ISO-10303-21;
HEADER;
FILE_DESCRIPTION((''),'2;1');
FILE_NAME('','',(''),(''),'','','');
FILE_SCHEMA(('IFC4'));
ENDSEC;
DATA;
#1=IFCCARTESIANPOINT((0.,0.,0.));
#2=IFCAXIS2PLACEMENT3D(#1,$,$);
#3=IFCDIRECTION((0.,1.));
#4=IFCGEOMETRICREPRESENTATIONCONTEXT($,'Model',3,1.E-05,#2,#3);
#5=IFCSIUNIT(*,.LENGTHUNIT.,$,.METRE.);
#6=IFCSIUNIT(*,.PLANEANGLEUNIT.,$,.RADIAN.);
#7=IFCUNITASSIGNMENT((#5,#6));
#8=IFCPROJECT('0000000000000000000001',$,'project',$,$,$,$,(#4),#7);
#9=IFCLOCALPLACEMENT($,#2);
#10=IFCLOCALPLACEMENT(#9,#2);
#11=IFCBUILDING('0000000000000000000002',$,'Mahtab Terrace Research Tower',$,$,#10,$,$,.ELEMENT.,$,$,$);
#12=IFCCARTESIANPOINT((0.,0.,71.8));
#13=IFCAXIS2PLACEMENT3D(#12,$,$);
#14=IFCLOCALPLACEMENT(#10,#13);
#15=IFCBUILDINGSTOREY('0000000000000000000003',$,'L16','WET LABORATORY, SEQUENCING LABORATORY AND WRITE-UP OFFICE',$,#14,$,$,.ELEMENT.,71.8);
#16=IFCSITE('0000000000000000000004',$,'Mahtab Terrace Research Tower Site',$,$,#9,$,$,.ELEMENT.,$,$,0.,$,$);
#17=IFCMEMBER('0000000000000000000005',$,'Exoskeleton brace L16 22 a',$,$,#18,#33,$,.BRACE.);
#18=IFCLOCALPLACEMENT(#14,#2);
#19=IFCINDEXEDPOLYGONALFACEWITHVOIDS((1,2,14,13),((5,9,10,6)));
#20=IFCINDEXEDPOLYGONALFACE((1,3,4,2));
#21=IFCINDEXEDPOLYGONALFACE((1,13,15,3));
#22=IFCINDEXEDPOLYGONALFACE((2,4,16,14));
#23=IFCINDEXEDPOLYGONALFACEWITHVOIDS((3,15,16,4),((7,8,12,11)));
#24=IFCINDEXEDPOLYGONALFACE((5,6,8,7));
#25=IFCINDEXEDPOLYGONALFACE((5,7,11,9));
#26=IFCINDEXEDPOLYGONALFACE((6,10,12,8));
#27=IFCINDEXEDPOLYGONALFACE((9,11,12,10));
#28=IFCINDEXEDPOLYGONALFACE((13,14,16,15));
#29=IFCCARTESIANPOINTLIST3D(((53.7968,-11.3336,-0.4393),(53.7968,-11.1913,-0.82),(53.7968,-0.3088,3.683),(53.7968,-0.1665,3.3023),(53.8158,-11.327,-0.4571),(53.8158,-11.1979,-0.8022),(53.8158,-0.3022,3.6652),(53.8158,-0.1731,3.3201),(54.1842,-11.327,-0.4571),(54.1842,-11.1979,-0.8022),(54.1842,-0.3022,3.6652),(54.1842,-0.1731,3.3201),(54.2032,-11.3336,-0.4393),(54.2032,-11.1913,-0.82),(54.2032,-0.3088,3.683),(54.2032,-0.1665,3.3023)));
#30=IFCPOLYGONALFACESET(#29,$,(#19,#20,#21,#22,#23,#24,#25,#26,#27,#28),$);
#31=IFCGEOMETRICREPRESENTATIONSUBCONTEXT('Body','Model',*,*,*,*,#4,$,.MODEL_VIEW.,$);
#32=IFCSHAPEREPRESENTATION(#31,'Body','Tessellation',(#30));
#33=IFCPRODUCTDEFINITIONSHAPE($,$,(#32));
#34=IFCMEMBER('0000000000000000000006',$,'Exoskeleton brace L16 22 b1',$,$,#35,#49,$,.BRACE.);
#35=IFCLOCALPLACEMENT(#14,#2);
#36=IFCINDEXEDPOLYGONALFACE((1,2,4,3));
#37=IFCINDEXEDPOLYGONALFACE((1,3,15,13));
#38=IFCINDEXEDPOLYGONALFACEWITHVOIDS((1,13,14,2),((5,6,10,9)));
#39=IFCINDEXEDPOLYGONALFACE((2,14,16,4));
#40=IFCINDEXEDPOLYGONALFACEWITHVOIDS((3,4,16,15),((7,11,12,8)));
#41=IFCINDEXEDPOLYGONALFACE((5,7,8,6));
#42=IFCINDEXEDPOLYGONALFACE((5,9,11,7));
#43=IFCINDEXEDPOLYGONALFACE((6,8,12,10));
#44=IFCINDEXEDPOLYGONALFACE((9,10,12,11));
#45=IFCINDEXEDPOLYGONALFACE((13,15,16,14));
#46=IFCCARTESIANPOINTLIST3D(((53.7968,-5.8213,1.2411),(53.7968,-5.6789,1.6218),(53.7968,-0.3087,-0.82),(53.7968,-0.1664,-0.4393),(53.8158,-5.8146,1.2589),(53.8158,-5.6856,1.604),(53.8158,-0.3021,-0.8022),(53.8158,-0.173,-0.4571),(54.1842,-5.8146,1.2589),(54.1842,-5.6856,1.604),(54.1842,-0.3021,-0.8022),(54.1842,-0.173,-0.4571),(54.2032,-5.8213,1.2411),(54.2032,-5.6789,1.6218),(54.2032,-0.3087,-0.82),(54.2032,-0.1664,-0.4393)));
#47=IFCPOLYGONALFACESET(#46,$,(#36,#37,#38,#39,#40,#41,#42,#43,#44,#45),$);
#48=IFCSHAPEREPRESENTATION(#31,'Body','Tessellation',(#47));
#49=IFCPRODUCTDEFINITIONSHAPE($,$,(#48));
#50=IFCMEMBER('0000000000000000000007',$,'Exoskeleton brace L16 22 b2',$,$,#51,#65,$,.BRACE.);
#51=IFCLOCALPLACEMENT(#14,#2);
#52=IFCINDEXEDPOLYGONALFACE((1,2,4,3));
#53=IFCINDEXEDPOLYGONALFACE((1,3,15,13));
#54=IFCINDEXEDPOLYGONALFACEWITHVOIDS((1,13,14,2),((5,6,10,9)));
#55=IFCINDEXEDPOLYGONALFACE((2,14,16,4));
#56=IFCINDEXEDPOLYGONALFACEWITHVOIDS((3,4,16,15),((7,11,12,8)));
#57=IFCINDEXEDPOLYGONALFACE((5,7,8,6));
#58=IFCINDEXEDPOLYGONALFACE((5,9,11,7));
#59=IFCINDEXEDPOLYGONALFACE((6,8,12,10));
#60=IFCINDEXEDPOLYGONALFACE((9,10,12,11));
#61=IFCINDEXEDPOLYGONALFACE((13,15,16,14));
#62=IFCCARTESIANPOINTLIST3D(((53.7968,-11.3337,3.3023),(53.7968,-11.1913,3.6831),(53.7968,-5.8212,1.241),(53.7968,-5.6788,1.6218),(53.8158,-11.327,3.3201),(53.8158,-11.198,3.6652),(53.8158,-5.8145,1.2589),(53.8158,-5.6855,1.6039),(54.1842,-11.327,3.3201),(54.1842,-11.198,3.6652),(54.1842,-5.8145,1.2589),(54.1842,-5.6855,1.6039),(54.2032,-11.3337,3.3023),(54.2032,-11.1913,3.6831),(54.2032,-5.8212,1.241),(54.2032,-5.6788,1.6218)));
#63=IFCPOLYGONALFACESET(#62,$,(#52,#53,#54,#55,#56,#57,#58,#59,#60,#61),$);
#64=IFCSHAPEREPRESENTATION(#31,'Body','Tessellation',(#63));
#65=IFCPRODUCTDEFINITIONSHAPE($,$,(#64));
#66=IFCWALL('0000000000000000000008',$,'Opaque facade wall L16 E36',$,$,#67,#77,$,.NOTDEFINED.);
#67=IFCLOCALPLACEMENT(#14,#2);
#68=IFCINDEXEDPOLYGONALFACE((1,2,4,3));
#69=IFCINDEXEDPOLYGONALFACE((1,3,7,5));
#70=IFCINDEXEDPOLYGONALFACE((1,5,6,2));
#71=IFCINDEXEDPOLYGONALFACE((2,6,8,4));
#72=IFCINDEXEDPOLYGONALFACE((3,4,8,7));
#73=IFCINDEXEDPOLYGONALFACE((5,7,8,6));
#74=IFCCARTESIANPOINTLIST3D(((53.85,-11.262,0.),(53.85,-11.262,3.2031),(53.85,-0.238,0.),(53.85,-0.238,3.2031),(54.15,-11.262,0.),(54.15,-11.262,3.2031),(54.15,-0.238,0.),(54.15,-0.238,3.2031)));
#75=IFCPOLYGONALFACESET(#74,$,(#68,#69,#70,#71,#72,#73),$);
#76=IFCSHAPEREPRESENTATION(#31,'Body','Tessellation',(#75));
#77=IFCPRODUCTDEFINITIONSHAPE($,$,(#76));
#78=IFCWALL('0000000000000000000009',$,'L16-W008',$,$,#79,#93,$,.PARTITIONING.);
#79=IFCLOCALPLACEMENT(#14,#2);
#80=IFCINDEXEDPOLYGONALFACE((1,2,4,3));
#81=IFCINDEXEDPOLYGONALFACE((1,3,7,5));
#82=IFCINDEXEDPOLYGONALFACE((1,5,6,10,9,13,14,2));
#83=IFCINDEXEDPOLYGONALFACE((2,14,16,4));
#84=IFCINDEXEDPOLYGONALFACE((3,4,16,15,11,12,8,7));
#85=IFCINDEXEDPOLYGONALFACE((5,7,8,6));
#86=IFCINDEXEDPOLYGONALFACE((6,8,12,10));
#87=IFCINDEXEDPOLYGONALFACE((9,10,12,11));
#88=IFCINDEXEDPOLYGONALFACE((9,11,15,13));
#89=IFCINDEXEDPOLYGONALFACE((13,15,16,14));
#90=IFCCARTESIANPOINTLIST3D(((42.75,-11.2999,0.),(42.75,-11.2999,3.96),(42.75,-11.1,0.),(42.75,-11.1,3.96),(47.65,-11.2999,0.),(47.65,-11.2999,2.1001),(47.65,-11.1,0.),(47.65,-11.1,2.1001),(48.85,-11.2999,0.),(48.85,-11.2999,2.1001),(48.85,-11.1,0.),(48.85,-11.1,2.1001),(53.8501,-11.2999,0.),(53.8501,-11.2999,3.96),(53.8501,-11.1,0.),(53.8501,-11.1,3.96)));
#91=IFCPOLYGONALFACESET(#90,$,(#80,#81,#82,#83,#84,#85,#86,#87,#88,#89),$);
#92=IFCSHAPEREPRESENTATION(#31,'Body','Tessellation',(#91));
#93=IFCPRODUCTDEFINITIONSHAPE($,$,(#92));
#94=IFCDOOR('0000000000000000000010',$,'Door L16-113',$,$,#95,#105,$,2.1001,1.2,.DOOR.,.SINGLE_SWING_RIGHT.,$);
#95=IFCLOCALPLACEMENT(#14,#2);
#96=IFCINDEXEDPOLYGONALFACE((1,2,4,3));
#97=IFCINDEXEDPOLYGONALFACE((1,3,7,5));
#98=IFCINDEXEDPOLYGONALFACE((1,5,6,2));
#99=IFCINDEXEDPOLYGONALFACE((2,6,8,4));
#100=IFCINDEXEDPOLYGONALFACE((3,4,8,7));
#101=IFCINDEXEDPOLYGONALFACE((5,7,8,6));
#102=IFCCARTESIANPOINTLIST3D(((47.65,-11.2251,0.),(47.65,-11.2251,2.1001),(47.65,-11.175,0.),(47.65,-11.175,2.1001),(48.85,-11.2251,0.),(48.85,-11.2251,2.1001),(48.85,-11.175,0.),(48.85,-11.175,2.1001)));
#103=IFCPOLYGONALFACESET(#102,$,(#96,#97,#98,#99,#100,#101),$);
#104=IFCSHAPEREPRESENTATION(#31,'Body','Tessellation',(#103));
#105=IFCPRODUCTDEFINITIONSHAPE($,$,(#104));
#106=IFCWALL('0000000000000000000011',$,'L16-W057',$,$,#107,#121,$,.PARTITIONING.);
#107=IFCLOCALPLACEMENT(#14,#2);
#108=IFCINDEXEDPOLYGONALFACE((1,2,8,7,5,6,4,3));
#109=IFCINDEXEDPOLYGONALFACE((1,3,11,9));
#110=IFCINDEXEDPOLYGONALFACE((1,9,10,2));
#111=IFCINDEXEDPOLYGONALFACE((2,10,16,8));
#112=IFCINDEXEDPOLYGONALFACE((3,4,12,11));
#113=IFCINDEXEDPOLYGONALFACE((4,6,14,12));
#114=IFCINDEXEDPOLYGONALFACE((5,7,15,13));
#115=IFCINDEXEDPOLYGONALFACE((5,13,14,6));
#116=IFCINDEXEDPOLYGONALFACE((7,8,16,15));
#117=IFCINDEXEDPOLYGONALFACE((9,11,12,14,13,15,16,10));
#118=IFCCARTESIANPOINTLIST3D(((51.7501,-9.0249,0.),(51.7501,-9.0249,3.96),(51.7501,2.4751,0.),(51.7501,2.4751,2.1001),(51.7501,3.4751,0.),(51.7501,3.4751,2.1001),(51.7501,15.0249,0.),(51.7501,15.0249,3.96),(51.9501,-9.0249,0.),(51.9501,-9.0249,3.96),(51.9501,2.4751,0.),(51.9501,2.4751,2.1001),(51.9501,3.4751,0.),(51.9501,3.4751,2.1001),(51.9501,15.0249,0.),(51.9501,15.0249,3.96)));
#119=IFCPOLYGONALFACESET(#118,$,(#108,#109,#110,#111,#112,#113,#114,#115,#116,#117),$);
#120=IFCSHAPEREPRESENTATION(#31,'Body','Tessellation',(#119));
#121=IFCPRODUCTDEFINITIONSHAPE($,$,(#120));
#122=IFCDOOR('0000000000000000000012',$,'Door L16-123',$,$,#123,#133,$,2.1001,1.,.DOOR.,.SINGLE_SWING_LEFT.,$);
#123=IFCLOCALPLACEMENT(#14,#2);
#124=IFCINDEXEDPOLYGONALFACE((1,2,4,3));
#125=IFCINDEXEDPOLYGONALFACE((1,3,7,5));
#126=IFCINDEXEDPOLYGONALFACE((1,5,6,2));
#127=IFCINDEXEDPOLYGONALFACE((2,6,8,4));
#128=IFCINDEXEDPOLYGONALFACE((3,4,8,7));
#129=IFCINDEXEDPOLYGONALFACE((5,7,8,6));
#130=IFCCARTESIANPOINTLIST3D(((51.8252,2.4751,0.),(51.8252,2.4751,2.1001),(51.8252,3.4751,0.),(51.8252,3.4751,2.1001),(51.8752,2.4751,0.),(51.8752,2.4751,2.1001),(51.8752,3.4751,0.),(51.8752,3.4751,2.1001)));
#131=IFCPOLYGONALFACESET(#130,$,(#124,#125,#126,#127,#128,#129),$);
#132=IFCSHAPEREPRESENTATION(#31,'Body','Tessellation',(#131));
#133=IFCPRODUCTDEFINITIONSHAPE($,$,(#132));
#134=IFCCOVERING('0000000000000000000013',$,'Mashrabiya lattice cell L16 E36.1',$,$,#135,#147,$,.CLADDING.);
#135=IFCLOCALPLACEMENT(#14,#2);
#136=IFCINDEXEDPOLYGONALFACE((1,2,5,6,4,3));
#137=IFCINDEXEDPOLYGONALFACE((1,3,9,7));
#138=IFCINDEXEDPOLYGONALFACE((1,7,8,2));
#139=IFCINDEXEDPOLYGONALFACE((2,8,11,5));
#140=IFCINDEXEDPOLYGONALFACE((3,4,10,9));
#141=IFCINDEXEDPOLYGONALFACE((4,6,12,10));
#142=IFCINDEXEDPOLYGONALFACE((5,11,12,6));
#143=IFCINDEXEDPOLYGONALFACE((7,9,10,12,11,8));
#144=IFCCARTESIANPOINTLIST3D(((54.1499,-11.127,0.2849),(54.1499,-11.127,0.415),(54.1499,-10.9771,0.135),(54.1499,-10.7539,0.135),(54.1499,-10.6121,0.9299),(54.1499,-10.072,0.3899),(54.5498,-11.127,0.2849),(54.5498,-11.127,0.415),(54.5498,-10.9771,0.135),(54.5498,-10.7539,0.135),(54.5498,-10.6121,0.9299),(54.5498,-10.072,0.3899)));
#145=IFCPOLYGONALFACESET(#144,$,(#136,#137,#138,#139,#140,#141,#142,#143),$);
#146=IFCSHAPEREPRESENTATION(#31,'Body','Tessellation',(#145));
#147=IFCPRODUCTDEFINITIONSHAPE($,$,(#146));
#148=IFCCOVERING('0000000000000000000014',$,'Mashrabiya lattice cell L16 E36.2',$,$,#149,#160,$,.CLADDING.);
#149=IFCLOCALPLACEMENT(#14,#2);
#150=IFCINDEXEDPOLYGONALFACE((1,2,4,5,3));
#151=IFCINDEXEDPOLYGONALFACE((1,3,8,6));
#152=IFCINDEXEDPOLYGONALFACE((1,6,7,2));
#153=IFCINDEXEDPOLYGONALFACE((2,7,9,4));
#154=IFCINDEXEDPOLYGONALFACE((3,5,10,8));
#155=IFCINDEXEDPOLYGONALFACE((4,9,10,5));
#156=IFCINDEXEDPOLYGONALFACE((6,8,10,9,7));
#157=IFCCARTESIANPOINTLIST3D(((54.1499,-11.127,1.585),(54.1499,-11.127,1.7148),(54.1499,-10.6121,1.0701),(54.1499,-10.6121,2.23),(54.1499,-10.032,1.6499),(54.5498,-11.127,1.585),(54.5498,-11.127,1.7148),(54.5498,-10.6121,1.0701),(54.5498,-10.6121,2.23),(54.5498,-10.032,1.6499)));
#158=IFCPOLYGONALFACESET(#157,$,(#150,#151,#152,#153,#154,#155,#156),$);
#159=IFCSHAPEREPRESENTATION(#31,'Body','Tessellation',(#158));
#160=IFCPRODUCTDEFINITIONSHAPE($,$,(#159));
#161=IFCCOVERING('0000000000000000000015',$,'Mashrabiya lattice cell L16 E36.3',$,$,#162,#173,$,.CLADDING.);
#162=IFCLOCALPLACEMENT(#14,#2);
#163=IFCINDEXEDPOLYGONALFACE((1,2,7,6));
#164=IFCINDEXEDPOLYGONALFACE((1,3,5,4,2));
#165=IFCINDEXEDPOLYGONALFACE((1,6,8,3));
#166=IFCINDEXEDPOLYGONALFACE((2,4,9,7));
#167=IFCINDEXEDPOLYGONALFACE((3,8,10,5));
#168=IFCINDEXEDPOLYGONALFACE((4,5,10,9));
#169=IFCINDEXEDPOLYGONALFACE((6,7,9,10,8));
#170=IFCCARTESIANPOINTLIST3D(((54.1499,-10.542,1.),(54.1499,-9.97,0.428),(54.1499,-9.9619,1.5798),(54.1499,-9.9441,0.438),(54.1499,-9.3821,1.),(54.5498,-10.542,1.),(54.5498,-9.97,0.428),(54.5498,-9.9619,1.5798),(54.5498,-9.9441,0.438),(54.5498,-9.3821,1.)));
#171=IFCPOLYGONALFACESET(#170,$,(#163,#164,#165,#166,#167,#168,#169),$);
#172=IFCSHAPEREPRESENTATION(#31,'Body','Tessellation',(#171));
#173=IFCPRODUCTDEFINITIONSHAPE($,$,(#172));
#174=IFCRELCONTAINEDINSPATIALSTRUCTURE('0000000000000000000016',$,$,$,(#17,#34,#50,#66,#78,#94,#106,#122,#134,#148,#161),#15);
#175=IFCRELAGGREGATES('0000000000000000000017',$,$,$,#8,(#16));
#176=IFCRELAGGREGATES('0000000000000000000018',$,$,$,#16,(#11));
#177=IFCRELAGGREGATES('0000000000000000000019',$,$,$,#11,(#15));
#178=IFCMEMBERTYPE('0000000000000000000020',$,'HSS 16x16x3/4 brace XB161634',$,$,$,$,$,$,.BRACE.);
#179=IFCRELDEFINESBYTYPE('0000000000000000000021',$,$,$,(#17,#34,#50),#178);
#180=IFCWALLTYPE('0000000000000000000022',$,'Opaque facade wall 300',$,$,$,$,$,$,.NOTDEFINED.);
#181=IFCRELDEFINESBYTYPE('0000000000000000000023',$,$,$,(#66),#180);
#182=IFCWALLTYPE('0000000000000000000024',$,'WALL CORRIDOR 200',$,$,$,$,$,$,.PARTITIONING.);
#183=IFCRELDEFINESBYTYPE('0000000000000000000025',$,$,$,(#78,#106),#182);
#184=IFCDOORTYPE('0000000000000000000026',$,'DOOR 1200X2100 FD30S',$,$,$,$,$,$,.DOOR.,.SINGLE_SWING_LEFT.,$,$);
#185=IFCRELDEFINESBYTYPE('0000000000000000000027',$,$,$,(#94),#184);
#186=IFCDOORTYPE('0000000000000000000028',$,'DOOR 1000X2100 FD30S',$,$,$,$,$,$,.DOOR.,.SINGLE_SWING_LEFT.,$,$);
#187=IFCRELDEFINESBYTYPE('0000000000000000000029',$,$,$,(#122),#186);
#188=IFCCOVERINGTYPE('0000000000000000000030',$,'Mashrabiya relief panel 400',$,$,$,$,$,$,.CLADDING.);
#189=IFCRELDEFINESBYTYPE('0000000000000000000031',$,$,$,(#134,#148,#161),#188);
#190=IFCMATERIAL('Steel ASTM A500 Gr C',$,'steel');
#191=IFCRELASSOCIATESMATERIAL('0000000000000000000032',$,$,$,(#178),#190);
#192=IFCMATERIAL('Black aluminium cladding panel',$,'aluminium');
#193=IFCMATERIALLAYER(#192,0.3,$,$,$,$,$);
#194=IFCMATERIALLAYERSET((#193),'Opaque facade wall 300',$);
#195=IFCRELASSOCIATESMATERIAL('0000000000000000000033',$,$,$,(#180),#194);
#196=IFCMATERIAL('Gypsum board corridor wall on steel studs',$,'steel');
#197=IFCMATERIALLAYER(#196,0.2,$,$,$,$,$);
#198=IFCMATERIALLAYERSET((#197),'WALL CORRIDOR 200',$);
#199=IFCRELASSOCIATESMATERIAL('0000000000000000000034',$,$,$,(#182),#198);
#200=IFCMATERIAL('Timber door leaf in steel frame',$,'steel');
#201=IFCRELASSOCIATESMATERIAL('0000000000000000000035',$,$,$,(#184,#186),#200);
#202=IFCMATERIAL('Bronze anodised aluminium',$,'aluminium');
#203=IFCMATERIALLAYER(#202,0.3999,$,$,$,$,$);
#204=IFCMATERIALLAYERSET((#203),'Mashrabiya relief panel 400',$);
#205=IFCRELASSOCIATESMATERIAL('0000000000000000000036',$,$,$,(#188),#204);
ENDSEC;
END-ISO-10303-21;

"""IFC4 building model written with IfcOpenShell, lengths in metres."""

from ifc_helpers import new_model, si_unit, direction, frame, frame_2d, origin, origin_2d, place, context, subcontext, project, spatial, polyline, rectangle, hollow_rectangle, outline, extrude, material, layer, layer_set, material_profile, profile_set, type_object, element, fill, save


model = new_model("IFC4")

# Units and contexts
model_context = context("Model", 3, precision=1e-05, world=origin(), true_north=direction((0.0, 1.0)))
body_context = subcontext(model_context, "Body", "Model", "MODEL_VIEW")
ifc_project = project(units=[si_unit("LENGTHUNIT", "METRE"), si_unit("PLANEANGLEUNIT", "RADIAN")], contexts=[model_context])

# Site, building, storey
site_placement = place(None, origin())
site = spatial("IfcSite", under=ifc_project, at=site_placement, Name="Mahtab Terrace Research Tower Site", CompositionType="ELEMENT", RefElevation=0.0)
building_placement = place(site_placement, origin())
building = spatial("IfcBuilding", under=site, at=building_placement, Name="Mahtab Terrace Research Tower", CompositionType="ELEMENT")
storey_placement = place(building_placement, frame((0.0, 0.0, 71.8)))
storey = spatial("IfcBuildingStorey", under=building, at=storey_placement, Name="L16", Description="WET LABORATORY, SEQUENCING LABORATORY AND WRITE-UP OFFICE", CompositionType="ELEMENT", Elevation=71.8)

# Members
ifc_material_1 = material(Name="Steel ASTM A500 Gr C", Category="steel")
ifc_material_profile = material_profile(ifc_material_1, hollow_rectangle(XDim=0.4065, YDim=0.4065, WallThickness=0.019, at=origin_2d()), Name="HSS16X16X3/4")
ifc_profile_set = profile_set([ifc_material_profile], Name="Steel ASTM A500 Gr C")
member_type = type_object("IfcMemberType", Name="HSS 16x16x3/4 brace XB161634", PredefinedType="BRACE", material=ifc_profile_set)
member_placement = place(storey_placement, frame((54.0, -11.2625, -0.6296), z_axis=(0.0, 0.936665, 0.350228), x_axis=(-1.0, 0.0, 0.0)))
element("IfcMember", 1, at=member_placement, inside=storey, type_object=member_type, Name="Exoskeleton brace L16 22 a", PredefinedType="BRACE", context=body_context, shape_type="SweptSolid", body=[
    extrude(hollow_rectangle(XDim=0.4065, YDim=0.4065, WallThickness=0.019, at=origin_2d()), origin(), (0.0, 0.0, 1.0), 11.7703),
])
for number, where, z_axis, x_axis, name in (
    (2, (54.0, -0.2375, -0.6296), (0.0, -0.936671, 0.350209), (1.0, 0.0, 0.0), "Exoskeleton brace L16 22 b1"),
    (3, (54.0, -5.75, 1.4314), (0.0, -0.936658, 0.350246), (1.0, 0.0, 0.0), "Exoskeleton brace L16 22 b2"),
):
    element("IfcMember", number, at=place(storey_placement, frame(where, z_axis=z_axis, x_axis=x_axis)), inside=storey, type_object=member_type, Name=name, PredefinedType="BRACE", context=body_context, shape_type="SweptSolid", body=[
        extrude(hollow_rectangle(XDim=0.4065, YDim=0.4065, WallThickness=0.019, at=origin_2d()), origin(), (0.0, 0.0, 1.0), 5.8853),
    ])

# Wall
ifc_material_2 = material(Name="Black aluminium cladding panel", Category="aluminium")
ifc_layer_1 = layer(ifc_material_2, 0.3)
ifc_layer_set_1 = layer_set([ifc_layer_1], Name="Opaque facade wall 300")
wall_type_1 = type_object("IfcWallType", Name="Opaque facade wall 300", PredefinedType="NOTDEFINED", material=ifc_layer_set_1)
wall_1_placement = place(storey_placement, frame((54.0, -11.262, 0.0), z_axis=(0.0, 0.0, 1.0), x_axis=(0.0, 1.0, 0.0)))
element("IfcWall", 4, at=wall_1_placement, inside=storey, type_object=wall_type_1, Name="Opaque facade wall L16 E36", PredefinedType="NOTDEFINED", context=body_context, shape_type="SweptSolid", body=[
    extrude(rectangle(XDim=11.0239, YDim=0.3, at=frame_2d((5.512, 0.0))), origin(), (0.0, 0.0, 1.0), 3.2031),
])

# Walls, openings, doors
ifc_material_3 = material(Name="Gypsum board corridor wall on steel studs", Category="steel")
ifc_layer_2 = layer(ifc_material_3, 0.2)
ifc_layer_set_2 = layer_set([ifc_layer_2], Name="WALL CORRIDOR 200")
wall_type_2 = type_object("IfcWallType", Name="WALL CORRIDOR 200", PredefinedType="PARTITIONING", material=ifc_layer_set_2)
wall_2_placement = place(storey_placement, frame((42.75, -11.2, 0.0), z_axis=(0.0, 0.0, 1.0), x_axis=(1.0, 0.0, 0.0)))
wall_2 = element("IfcWall", 5, at=wall_2_placement, inside=storey, type_object=wall_type_2, Name="L16-W008", PredefinedType="PARTITIONING", context=body_context, shape_type="SweptSolid", body=[
    extrude(rectangle(XDim=11.1001, YDim=0.2, at=frame_2d((5.55, 0.0))), origin(), (0.0, 0.0, 1.0), 3.96),
])
opening_1_placement = place(wall_2_placement, frame((4.8999, 0.0, 0.0)))
opening_1 = element("IfcOpeningElement", 6, at=opening_1_placement, cuts=wall_2, PredefinedType="OPENING", context=body_context, shape_type="SweptSolid", body=[
    extrude(rectangle(XDim=1.2, YDim=2.1001, at=frame_2d((0.6001, 1.05))), frame((0.0, 0.1099, 0.0), z_axis=(0.0, -1.0, 0.0), x_axis=(1.0, 0.0, 0.0)), (0.0, 0.0, 1.0), 0.22),
])
ifc_material_4 = material(Name="Timber door leaf in steel frame", Category="steel")
door_type_1 = type_object("IfcDoorType", Name="DOOR 1200X2100 FD30S", OperationType="SINGLE_SWING_LEFT", PredefinedType="DOOR", material=ifc_material_4)
door_1_placement = place(opening_1_placement, origin())
door_1 = element("IfcDoor", 7, at=door_1_placement, inside=storey, type_object=door_type_1, Name="Door L16-113", OperationType="SINGLE_SWING_RIGHT", OverallHeight=2.1001, OverallWidth=1.2, PredefinedType="DOOR", context=body_context, shape_type="SweptSolid", body=[
    extrude(rectangle(XDim=1.2, YDim=2.1001, at=frame_2d((0.6001, 1.05))), frame((0.0, 0.0249, 0.0), z_axis=(0.0, -1.0, 0.0), x_axis=(1.0, 0.0, 0.0)), (0.0, 0.0, 1.0), 0.05),
])
fill(opening_1, door_1)
wall_3_placement = place(storey_placement, frame((51.8501, -9.0249, 0.0), z_axis=(0.0, 0.0, 1.0), x_axis=(0.0, 1.0, 0.0)))
wall_3 = element("IfcWall", 8, at=wall_3_placement, inside=storey, type_object=wall_type_2, Name="L16-W057", PredefinedType="PARTITIONING", context=body_context, shape_type="SweptSolid", body=[
    extrude(rectangle(XDim=24.0498, YDim=0.2, at=frame_2d((12.0249, 0.0))), origin(), (0.0, 0.0, 1.0), 3.96),
])
opening_2_placement = place(wall_3_placement, frame((11.5, 0.0, 0.0)))
opening_2 = element("IfcOpeningElement", 9, at=opening_2_placement, cuts=wall_3, PredefinedType="OPENING", context=body_context, shape_type="SweptSolid", body=[
    extrude(rectangle(XDim=1.0, YDim=2.1001, at=frame_2d((0.5, 1.05))), frame((0.0, 0.1099, 0.0), z_axis=(0.0, -1.0, 0.0), x_axis=(1.0, 0.0, 0.0)), (0.0, 0.0, 1.0), 0.22),
])
door_type_2 = type_object("IfcDoorType", Name="DOOR 1000X2100 FD30S", OperationType="SINGLE_SWING_LEFT", PredefinedType="DOOR", material=ifc_material_4)
door_2_placement = place(opening_2_placement, origin())
door_2 = element("IfcDoor", 10, at=door_2_placement, inside=storey, type_object=door_type_2, Name="Door L16-123", OperationType="SINGLE_SWING_LEFT", OverallHeight=2.1001, OverallWidth=1.0, PredefinedType="DOOR", context=body_context, shape_type="SweptSolid", body=[
    extrude(rectangle(XDim=1.0, YDim=2.1001, at=frame_2d((0.5, 1.05))), frame((0.0, 0.0249, 0.0), z_axis=(0.0, -1.0, 0.0), x_axis=(1.0, 0.0, 0.0)), (0.0, 0.0, 1.0), 0.05),
])
fill(opening_2, door_2)

# Coverings
ifc_material_5 = material(Name="Bronze anodised aluminium", Category="aluminium")
ifc_layer_3 = layer(ifc_material_5, 0.3999)
ifc_layer_set_3 = layer_set([ifc_layer_3], Name="Mashrabiya relief panel 400")
covering_type = type_object("IfcCoveringType", Name="Mashrabiya relief panel 400", PredefinedType="CLADDING", material=ifc_layer_set_3)
covering_1_placement = place(storey_placement, frame((54.1499, -11.127, 0.2849), z_axis=(-1.0, 0.0, 0.0), x_axis=(0.0, 0.0, 1.0)))
element("IfcCovering", 11, at=covering_1_placement, inside=storey, type_object=covering_type, Name="Mashrabiya lattice cell L16 E36.1", PredefinedType="CLADDING", context=body_context, shape_type="SweptSolid", body=[
    extrude(outline(polyline([(0.0, 0.0), (0.1301, 0.0), (0.645, 0.5149), (0.105, 1.0549), (-0.1499, 0.373), (-0.1499, 0.1499), (0.0, 0.0)])), origin(), (0.0, 0.0, -1.0), 0.3999),
])
covering_2_placement = place(storey_placement, frame((54.1499, -10.6121, 2.23), z_axis=(-1.0, 0.0, 0.0), x_axis=(0.0, 0.707107, -0.707107)))
element("IfcCovering", 12, at=covering_2_placement, inside=storey, type_object=covering_type, Name="Mashrabiya lattice cell L16 E36.2", PredefinedType="CLADDING", context=body_context, shape_type="SweptSolid", body=[
    extrude(outline(polyline([(0.0, 0.0), (0.8204, 0.0), (0.8202, 0.8202), (0.092, 0.8202), (0.0002, 0.7283), (0.0, 0.0)])), origin(), (0.0, 0.0, -1.0), 0.3999),
])
covering_3_placement = place(storey_placement, frame((54.1499, -10.542, 1.0), z_axis=(-1.0, 0.0, 0.0), x_axis=(0.0, 0.707256, 0.706958)))
element("IfcCovering", 13, at=covering_3_placement, inside=storey, type_object=covering_type, Name="Mashrabiya lattice cell L16 E36.3", PredefinedType="CLADDING", context=body_context, shape_type="SweptSolid", body=[
    extrude(outline(polyline([(0.0, 0.0), (0.8202, 0.0), (0.8204, 0.82), (0.0255, 0.8202), (0.0002, 0.809), (0.0, 0.0)])), origin(), (0.0, 0.0, -1.0), 0.3999),
])

save(model, "model.ifc")
